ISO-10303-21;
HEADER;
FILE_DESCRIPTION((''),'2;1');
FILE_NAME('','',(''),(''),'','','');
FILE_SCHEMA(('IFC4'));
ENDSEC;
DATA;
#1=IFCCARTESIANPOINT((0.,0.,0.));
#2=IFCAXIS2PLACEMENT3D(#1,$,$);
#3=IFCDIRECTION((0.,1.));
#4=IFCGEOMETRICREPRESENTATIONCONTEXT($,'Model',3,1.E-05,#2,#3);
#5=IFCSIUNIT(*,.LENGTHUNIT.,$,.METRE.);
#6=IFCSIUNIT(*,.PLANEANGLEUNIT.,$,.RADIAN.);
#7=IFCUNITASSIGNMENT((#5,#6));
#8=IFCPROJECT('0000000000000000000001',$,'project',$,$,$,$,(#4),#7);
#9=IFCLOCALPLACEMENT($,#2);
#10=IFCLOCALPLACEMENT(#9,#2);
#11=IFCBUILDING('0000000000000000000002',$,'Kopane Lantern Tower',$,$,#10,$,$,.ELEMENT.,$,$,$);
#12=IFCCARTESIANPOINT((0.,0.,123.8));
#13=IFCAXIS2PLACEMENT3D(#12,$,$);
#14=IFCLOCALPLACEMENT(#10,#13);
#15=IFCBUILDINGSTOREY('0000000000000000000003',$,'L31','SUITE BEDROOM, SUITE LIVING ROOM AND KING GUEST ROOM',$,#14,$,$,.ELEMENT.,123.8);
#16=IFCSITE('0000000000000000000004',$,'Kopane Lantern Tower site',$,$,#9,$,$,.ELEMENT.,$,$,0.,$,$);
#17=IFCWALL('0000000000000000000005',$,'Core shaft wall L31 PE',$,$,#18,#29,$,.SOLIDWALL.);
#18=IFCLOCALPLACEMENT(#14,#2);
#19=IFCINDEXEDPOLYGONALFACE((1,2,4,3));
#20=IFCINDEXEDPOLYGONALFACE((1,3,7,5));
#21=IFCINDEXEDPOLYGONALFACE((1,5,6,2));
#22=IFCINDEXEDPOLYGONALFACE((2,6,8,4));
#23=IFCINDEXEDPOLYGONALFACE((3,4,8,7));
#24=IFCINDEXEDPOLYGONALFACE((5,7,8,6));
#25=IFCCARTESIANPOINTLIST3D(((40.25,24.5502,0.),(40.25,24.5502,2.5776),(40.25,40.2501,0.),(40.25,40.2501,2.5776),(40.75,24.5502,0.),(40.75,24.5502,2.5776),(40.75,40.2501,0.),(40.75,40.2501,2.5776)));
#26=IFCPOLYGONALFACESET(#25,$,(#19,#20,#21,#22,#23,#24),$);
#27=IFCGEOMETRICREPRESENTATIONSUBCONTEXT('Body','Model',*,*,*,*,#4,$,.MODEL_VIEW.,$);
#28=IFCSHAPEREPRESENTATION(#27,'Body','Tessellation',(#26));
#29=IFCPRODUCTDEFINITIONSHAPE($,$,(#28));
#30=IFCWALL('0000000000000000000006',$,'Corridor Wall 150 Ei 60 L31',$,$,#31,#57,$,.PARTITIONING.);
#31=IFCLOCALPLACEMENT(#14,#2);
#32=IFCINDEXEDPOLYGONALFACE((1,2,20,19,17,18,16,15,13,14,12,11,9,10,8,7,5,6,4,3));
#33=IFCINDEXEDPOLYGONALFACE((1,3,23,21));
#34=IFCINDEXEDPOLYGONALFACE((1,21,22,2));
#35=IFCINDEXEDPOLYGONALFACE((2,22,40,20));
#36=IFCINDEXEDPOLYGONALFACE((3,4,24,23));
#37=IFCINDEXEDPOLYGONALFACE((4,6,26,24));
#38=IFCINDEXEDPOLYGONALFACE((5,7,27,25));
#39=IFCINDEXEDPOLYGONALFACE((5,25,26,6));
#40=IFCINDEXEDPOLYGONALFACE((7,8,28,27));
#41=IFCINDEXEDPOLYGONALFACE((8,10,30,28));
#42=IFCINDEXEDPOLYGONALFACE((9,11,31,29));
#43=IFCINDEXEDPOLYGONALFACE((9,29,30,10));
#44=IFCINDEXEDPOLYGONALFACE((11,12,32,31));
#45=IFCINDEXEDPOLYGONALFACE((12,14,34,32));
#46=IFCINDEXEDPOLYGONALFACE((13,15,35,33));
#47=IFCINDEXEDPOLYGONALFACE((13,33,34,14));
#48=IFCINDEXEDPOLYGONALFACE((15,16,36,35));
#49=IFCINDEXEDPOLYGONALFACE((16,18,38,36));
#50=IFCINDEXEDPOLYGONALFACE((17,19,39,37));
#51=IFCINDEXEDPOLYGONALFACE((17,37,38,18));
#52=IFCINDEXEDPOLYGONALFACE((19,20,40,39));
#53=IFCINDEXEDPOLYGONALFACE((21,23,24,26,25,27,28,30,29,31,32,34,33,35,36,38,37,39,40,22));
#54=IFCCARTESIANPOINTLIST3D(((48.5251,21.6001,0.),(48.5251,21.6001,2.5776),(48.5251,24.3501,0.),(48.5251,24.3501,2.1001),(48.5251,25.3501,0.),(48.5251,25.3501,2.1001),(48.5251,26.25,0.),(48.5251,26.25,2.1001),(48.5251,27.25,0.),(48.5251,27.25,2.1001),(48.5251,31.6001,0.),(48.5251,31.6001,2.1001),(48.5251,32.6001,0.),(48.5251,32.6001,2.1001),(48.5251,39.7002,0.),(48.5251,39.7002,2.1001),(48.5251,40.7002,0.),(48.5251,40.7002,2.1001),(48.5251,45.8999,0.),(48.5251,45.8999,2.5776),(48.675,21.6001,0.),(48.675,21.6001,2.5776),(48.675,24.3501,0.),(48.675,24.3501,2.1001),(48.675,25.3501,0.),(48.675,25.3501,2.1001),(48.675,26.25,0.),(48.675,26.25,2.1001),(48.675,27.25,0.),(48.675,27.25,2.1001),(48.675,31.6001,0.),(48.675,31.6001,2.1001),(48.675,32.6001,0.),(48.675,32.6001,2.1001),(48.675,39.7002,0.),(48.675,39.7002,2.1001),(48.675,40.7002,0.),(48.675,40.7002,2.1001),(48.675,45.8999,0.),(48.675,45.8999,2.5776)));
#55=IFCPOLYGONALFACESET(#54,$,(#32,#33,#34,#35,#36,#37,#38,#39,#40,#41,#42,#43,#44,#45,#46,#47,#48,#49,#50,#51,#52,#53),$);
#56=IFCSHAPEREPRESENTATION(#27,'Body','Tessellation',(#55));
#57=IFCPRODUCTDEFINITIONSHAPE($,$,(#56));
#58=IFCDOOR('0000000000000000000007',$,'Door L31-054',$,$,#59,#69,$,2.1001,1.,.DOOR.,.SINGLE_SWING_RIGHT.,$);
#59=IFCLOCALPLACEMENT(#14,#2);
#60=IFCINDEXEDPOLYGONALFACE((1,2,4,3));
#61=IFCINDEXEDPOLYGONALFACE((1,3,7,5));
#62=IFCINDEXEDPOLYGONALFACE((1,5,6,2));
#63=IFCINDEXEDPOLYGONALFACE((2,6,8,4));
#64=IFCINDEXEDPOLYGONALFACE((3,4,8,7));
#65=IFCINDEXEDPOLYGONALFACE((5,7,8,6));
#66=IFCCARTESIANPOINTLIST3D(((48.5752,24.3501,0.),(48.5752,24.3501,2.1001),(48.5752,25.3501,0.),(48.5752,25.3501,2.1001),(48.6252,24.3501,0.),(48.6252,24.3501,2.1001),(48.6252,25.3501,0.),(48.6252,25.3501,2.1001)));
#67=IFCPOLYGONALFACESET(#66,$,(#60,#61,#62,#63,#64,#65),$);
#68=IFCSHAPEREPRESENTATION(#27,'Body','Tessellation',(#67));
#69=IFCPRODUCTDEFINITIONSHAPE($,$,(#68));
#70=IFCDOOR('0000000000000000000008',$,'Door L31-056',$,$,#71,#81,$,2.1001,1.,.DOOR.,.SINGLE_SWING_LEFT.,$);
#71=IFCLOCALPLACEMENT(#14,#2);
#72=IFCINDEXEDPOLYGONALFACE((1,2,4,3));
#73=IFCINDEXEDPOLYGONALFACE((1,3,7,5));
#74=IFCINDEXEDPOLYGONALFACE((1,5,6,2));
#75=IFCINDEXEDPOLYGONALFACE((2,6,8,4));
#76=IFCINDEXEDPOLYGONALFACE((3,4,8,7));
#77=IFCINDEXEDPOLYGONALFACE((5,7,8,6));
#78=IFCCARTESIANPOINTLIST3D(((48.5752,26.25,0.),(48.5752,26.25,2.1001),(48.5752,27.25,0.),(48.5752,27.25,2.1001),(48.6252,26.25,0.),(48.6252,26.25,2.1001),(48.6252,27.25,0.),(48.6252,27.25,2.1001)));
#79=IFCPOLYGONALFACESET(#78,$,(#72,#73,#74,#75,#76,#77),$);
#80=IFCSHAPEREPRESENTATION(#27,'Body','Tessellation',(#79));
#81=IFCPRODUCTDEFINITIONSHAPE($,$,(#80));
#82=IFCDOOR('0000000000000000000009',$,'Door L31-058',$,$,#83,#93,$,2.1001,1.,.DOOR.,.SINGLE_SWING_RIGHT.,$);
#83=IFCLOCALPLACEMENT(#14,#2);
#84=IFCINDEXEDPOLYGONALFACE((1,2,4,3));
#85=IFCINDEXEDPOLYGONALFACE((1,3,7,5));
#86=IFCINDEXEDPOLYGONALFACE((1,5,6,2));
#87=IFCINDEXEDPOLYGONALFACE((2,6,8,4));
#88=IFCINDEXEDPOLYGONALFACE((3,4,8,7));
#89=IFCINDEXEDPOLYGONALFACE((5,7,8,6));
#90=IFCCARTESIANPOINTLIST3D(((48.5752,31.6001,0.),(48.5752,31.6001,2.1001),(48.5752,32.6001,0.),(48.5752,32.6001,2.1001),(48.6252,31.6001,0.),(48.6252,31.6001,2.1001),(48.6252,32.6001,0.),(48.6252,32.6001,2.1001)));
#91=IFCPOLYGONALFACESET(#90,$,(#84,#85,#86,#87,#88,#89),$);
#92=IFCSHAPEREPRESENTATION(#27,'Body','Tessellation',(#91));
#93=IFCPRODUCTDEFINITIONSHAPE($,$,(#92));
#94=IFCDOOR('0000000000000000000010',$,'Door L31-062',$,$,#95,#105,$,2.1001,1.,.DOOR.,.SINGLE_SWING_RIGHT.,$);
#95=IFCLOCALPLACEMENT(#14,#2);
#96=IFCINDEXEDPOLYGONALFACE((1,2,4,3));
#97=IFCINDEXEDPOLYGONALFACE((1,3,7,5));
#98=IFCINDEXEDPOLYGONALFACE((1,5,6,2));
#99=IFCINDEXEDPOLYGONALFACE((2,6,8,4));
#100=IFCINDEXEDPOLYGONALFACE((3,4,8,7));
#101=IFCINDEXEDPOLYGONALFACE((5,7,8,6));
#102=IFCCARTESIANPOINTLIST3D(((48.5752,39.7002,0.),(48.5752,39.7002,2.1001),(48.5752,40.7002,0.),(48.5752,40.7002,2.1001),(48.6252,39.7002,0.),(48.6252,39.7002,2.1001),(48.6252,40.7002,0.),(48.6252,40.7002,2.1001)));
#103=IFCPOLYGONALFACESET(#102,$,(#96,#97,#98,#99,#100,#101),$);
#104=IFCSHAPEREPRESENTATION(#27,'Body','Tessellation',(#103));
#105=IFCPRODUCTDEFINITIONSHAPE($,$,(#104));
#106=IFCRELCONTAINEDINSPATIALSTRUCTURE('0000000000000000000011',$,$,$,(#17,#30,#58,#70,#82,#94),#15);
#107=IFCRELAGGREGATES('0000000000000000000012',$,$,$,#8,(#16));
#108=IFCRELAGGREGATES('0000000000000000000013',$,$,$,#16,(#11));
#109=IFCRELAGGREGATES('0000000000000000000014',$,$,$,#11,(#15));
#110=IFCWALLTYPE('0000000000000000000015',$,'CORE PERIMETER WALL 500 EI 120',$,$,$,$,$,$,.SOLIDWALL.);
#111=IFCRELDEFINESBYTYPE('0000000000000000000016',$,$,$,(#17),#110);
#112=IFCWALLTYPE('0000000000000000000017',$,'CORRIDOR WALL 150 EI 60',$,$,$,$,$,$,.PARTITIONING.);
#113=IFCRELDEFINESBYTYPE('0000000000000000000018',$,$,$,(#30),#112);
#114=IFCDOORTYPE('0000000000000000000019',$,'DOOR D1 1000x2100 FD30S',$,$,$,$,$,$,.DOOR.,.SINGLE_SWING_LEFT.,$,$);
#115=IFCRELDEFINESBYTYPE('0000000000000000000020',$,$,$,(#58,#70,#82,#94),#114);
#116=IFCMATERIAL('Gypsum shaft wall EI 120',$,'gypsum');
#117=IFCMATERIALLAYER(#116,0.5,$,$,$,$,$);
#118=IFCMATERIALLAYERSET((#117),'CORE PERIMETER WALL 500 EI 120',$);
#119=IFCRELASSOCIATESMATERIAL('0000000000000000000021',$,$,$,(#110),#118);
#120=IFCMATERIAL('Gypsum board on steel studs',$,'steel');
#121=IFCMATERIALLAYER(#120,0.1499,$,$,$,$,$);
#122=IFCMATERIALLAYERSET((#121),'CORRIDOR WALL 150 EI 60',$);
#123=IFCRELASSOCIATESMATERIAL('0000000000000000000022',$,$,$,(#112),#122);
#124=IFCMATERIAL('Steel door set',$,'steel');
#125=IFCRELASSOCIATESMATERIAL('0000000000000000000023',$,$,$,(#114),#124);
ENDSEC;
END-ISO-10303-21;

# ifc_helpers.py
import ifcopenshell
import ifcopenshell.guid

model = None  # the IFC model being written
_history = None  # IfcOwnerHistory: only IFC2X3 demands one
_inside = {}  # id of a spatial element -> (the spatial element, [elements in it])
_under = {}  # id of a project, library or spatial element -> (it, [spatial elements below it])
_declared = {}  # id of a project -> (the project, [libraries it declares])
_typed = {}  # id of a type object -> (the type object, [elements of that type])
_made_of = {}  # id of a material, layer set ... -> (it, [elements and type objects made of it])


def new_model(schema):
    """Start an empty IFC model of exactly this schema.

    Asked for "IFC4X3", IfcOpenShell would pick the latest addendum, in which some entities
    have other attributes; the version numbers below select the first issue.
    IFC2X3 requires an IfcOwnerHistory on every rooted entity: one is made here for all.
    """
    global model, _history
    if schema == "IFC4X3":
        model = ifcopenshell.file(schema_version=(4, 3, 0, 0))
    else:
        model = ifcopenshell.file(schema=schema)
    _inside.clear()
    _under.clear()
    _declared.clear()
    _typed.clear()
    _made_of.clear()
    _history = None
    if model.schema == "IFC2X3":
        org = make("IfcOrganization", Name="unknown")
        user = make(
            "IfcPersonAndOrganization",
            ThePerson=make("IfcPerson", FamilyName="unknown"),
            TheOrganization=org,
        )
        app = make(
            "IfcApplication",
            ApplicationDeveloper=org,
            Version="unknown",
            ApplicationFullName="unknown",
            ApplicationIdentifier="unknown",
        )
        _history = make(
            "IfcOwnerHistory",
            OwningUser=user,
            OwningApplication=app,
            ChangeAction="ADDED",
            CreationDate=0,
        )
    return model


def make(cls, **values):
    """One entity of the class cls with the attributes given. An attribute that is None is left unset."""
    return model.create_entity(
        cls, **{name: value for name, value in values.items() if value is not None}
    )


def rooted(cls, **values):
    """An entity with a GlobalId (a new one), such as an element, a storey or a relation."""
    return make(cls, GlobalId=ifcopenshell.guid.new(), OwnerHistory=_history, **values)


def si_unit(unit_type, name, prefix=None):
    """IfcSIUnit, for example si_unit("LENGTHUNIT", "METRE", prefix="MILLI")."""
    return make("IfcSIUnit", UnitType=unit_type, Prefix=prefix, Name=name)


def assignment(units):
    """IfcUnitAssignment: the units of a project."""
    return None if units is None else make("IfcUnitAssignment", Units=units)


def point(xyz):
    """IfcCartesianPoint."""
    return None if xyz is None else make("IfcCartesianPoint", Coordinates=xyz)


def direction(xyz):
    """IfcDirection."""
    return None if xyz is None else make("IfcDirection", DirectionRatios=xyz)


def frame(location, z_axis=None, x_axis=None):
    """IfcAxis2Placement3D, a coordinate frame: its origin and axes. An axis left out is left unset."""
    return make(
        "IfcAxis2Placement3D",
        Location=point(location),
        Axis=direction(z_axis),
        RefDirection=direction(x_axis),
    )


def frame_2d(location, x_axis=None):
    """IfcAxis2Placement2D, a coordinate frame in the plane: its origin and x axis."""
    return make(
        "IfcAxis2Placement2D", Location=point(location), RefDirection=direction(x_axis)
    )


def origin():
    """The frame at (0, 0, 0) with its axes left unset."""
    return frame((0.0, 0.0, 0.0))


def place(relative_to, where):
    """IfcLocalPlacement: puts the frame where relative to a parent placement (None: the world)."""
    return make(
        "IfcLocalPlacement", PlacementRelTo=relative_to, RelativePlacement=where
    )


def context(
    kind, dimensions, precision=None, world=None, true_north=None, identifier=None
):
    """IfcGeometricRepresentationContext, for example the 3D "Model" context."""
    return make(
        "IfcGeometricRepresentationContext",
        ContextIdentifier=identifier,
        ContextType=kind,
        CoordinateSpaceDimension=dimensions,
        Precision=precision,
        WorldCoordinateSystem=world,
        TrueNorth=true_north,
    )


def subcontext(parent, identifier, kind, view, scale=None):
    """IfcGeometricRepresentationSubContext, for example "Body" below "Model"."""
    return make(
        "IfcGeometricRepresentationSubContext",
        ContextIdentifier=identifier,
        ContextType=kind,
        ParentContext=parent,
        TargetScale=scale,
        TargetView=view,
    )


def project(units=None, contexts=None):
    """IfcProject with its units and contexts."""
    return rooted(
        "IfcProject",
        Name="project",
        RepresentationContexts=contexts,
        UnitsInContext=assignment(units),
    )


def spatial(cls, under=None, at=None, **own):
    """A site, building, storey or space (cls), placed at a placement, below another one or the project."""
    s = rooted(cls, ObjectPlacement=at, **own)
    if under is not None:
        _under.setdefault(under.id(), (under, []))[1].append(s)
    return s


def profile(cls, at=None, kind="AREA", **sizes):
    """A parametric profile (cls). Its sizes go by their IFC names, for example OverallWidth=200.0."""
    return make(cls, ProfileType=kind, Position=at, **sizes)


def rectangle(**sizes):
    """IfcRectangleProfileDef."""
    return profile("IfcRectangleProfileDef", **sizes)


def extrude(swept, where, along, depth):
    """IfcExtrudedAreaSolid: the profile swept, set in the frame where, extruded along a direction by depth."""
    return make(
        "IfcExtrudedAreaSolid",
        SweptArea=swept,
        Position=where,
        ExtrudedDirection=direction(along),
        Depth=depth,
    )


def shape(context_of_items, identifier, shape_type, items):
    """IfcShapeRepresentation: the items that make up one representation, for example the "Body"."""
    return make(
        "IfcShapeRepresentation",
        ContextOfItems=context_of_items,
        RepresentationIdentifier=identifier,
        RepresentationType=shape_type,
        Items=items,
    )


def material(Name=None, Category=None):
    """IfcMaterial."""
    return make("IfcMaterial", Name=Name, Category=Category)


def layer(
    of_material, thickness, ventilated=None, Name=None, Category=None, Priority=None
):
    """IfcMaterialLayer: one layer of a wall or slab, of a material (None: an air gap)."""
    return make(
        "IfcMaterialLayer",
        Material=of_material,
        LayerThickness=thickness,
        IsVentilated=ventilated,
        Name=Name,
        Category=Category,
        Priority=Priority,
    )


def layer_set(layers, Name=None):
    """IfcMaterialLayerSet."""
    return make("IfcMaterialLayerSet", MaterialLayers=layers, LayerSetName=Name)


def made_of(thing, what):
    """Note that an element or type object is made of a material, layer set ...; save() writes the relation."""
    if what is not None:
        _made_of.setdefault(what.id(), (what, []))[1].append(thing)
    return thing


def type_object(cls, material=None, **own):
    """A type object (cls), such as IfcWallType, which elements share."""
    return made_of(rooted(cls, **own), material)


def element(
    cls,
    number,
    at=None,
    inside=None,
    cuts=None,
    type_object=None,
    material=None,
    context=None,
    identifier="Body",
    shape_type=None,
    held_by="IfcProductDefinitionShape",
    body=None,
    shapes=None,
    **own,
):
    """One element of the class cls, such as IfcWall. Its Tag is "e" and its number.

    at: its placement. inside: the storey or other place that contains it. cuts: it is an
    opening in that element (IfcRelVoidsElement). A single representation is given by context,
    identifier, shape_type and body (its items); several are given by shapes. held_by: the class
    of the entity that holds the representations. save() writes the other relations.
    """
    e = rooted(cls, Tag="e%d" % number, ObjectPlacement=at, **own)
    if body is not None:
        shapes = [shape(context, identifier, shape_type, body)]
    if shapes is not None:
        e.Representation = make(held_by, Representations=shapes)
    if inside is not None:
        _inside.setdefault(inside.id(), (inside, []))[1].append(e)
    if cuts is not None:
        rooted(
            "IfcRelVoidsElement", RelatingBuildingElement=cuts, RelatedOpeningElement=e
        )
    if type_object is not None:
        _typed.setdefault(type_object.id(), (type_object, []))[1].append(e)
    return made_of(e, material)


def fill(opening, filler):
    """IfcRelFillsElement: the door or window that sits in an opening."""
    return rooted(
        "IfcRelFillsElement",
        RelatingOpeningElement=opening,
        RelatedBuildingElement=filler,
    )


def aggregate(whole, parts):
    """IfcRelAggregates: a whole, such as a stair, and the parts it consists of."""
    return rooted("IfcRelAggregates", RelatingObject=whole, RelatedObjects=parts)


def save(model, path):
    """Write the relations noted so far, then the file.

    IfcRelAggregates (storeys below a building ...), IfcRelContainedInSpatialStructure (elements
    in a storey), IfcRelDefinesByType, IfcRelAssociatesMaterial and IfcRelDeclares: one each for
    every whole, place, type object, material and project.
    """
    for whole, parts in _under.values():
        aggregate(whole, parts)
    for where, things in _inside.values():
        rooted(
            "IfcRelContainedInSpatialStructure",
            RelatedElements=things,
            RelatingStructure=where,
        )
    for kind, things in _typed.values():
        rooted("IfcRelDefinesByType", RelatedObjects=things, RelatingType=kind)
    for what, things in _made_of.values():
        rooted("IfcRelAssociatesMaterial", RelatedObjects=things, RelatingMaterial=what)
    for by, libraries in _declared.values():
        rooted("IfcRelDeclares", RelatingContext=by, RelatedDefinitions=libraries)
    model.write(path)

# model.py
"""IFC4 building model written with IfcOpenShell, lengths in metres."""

from ifc_helpers import new_model, si_unit, direction, frame, frame_2d, origin, place, context, subcontext, project, spatial, rectangle, extrude, material, layer, layer_set, type_object, element, fill, save


model = new_model("IFC4")

# Units and contexts
model_context = context("Model", 3, precision=1e-05, world=origin(), true_north=direction((0.0, 1.0)))
body_context = subcontext(model_context, "Body", "Model", "MODEL_VIEW")
ifc_project = project(units=[si_unit("LENGTHUNIT", "METRE"), si_unit("PLANEANGLEUNIT", "RADIAN")], contexts=[model_context])

# Site, building, storey
site_placement = place(None, origin())
site = spatial("IfcSite", under=ifc_project, at=site_placement, Name="Kopane Lantern Tower site", CompositionType="ELEMENT", RefElevation=0.0)
building_placement = place(site_placement, origin())
building = spatial("IfcBuilding", under=site, at=building_placement, Name="Kopane Lantern Tower", CompositionType="ELEMENT")
storey_placement = place(building_placement, frame((0.0, 0.0, 123.8)))
storey = spatial("IfcBuildingStorey", under=building, at=storey_placement, Name="L31", Description="SUITE BEDROOM, SUITE LIVING ROOM AND KING GUEST ROOM", CompositionType="ELEMENT", Elevation=123.8)

# Wall
ifc_material_1 = material(Name="Gypsum shaft wall EI 120", Category="gypsum")
ifc_layer_1 = layer(ifc_material_1, 0.5)
ifc_layer_set_1 = layer_set([ifc_layer_1], Name="CORE PERIMETER WALL 500 EI 120")
wall_type_1 = type_object("IfcWallType", Name="CORE PERIMETER WALL 500 EI 120", PredefinedType="SOLIDWALL", material=ifc_layer_set_1)
wall_1_placement = place(storey_placement, frame((40.5, 24.55, 0.0), z_axis=(0.0, 0.0, 1.0), x_axis=(0.0, 1.0, 0.0)))
element("IfcWall", 1, at=wall_1_placement, inside=storey, type_object=wall_type_1, Name="Core shaft wall L31 PE", PredefinedType="SOLIDWALL", context=body_context, shape_type="SweptSolid", body=[
    extrude(rectangle(XDim=15.7, YDim=0.5, at=frame_2d((7.8501, 0.0))), origin(), (0.0, 0.0, 1.0), 2.5776),
])

# Wall, openings, doors
ifc_material_2 = material(Name="Gypsum board on steel studs", Category="steel")
ifc_layer_2 = layer(ifc_material_2, 0.1499)
ifc_layer_set_2 = layer_set([ifc_layer_2], Name="CORRIDOR WALL 150 EI 60")
wall_type_2 = type_object("IfcWallType", Name="CORRIDOR WALL 150 EI 60", PredefinedType="PARTITIONING", material=ifc_layer_set_2)
wall_2_placement = place(storey_placement, frame((48.6001, 21.6001, 0.0), z_axis=(0.0, 0.0, 1.0), x_axis=(0.0, 1.0, 0.0)))
wall_2 = element("IfcWall", 2, at=wall_2_placement, inside=storey, type_object=wall_type_2, Name="Corridor Wall 150 Ei 60 L31", PredefinedType="PARTITIONING", context=body_context, shape_type="SweptSolid", body=[
    extrude(rectangle(XDim=24.2998, YDim=0.1499, at=frame_2d((12.1499, 0.0))), origin(), (0.0, 0.0, 1.0), 2.5776),
])
opening_1_placement = place(wall_2_placement, frame((2.75, 0.0, 0.0)))
opening_1 = element("IfcOpeningElement", 3, at=opening_1_placement, cuts=wall_2, PredefinedType="OPENING", context=body_context, shape_type="SweptSolid", body=[
    extrude(rectangle(XDim=1.0, YDim=2.1001, at=frame_2d((0.5, 1.05))), frame((0.0, 0.085, 0.0), z_axis=(0.0, -1.0, 0.0), x_axis=(1.0, 0.0, 0.0)), (0.0, 0.0, 1.0), 0.1699),
])
opening_2_placement = place(wall_2_placement, frame((4.6499, 0.0, 0.0)))
opening_2 = element("IfcOpeningElement", 4, at=opening_2_placement, cuts=wall_2, PredefinedType="OPENING", context=body_context, shape_type="SweptSolid", body=[
    extrude(rectangle(XDim=1.0, YDim=2.1001, at=frame_2d((0.5, 1.05))), frame((0.0, 0.085, 0.0), z_axis=(0.0, -1.0, 0.0), x_axis=(1.0, 0.0, 0.0)), (0.0, 0.0, 1.0), 0.1699),
])
opening_3_placement = place(wall_2_placement, frame((10.0, 0.0, 0.0)))
opening_3 = element("IfcOpeningElement", 5, at=opening_3_placement, cuts=wall_2, PredefinedType="OPENING", context=body_context, shape_type="SweptSolid", body=[
    extrude(rectangle(XDim=1.0, YDim=2.1001, at=frame_2d((0.5, 1.05))), frame((0.0, 0.085, 0.0), z_axis=(0.0, -1.0, 0.0), x_axis=(1.0, 0.0, 0.0)), (0.0, 0.0, 1.0), 0.1699),
])
opening_4_placement = place(wall_2_placement, frame((18.1001, 0.0, 0.0)))
opening_4 = element("IfcOpeningElement", 6, at=opening_4_placement, cuts=wall_2, PredefinedType="OPENING", context=body_context, shape_type="SweptSolid", body=[
    extrude(rectangle(XDim=1.0, YDim=2.1001, at=frame_2d((0.5, 1.05))), frame((0.0, 0.085, 0.0), z_axis=(0.0, -1.0, 0.0), x_axis=(1.0, 0.0, 0.0)), (0.0, 0.0, 1.0), 0.1699),
])
ifc_material_3 = material(Name="Steel door set", Category="steel")
door_type_1 = type_object("IfcDoorType", Name="DOOR D1 1000x2100 FD30S", OperationType="SINGLE_SWING_LEFT", PredefinedType="DOOR", material=ifc_material_3)
door_1_placement = place(opening_1_placement, origin())
door_1 = element("IfcDoor", 7, at=door_1_placement, inside=storey, type_object=door_type_1, Name="Door L31-054", OperationType="SINGLE_SWING_RIGHT", OverallHeight=2.1001, OverallWidth=1.0, PredefinedType="DOOR", context=body_context, shape_type="SweptSolid", body=[
    extrude(rectangle(XDim=1.0, YDim=2.1001, at=frame_2d((0.5, 1.05))), frame((0.0, 0.0249, 0.0), z_axis=(0.0, -1.0, 0.0), x_axis=(1.0, 0.0, 0.0)), (0.0, 0.0, 1.0), 0.05),
])
fill(opening_1, door_1)
door_2_placement = place(opening_2_placement, origin())
door_2 = element("IfcDoor", 8, at=door_2_placement, inside=storey, type_object=door_type_1, Name="Door L31-056", OperationType="SINGLE_SWING_LEFT", OverallHeight=2.1001, OverallWidth=1.0, PredefinedType="DOOR", context=body_context, shape_type="SweptSolid", body=[
    extrude(rectangle(XDim=1.0, YDim=2.1001, at=frame_2d((0.5, 1.05))), frame((0.0, 0.0249, 0.0), z_axis=(0.0, -1.0, 0.0), x_axis=(1.0, 0.0, 0.0)), (0.0, 0.0, 1.0), 0.05),
])
fill(opening_2, door_2)
door_3_placement = place(opening_3_placement, origin())
door_3 = element("IfcDoor", 9, at=door_3_placement, inside=storey, type_object=door_type_1, Name="Door L31-058", OperationType="SINGLE_SWING_RIGHT", OverallHeight=2.1001, OverallWidth=1.0, PredefinedType="DOOR", context=body_context, shape_type="SweptSolid", body=[
    extrude(rectangle(XDim=1.0, YDim=2.1001, at=frame_2d((0.5, 1.05))), frame((0.0, 0.0249, 0.0), z_axis=(0.0, -1.0, 0.0), x_axis=(1.0, 0.0, 0.0)), (0.0, 0.0, 1.0), 0.05),
])
fill(opening_3, door_3)
door_4_placement = place(opening_4_placement, origin())
door_4 = element("IfcDoor", 10, at=door_4_placement, inside=storey, type_object=door_type_1, Name="Door L31-062", OperationType="SINGLE_SWING_RIGHT", OverallHeight=2.1001, OverallWidth=1.0, PredefinedType="DOOR", context=body_context, shape_type="SweptSolid", body=[
    extrude(rectangle(XDim=1.0, YDim=2.1001, at=frame_2d((0.5, 1.05))), frame((0.0, 0.0249, 0.0), z_axis=(0.0, -1.0, 0.0), x_axis=(1.0, 0.0, 0.0)), (0.0, 0.0, 1.0), 0.05),
])
fill(opening_4, door_4)

save(model, "model.ifc")
